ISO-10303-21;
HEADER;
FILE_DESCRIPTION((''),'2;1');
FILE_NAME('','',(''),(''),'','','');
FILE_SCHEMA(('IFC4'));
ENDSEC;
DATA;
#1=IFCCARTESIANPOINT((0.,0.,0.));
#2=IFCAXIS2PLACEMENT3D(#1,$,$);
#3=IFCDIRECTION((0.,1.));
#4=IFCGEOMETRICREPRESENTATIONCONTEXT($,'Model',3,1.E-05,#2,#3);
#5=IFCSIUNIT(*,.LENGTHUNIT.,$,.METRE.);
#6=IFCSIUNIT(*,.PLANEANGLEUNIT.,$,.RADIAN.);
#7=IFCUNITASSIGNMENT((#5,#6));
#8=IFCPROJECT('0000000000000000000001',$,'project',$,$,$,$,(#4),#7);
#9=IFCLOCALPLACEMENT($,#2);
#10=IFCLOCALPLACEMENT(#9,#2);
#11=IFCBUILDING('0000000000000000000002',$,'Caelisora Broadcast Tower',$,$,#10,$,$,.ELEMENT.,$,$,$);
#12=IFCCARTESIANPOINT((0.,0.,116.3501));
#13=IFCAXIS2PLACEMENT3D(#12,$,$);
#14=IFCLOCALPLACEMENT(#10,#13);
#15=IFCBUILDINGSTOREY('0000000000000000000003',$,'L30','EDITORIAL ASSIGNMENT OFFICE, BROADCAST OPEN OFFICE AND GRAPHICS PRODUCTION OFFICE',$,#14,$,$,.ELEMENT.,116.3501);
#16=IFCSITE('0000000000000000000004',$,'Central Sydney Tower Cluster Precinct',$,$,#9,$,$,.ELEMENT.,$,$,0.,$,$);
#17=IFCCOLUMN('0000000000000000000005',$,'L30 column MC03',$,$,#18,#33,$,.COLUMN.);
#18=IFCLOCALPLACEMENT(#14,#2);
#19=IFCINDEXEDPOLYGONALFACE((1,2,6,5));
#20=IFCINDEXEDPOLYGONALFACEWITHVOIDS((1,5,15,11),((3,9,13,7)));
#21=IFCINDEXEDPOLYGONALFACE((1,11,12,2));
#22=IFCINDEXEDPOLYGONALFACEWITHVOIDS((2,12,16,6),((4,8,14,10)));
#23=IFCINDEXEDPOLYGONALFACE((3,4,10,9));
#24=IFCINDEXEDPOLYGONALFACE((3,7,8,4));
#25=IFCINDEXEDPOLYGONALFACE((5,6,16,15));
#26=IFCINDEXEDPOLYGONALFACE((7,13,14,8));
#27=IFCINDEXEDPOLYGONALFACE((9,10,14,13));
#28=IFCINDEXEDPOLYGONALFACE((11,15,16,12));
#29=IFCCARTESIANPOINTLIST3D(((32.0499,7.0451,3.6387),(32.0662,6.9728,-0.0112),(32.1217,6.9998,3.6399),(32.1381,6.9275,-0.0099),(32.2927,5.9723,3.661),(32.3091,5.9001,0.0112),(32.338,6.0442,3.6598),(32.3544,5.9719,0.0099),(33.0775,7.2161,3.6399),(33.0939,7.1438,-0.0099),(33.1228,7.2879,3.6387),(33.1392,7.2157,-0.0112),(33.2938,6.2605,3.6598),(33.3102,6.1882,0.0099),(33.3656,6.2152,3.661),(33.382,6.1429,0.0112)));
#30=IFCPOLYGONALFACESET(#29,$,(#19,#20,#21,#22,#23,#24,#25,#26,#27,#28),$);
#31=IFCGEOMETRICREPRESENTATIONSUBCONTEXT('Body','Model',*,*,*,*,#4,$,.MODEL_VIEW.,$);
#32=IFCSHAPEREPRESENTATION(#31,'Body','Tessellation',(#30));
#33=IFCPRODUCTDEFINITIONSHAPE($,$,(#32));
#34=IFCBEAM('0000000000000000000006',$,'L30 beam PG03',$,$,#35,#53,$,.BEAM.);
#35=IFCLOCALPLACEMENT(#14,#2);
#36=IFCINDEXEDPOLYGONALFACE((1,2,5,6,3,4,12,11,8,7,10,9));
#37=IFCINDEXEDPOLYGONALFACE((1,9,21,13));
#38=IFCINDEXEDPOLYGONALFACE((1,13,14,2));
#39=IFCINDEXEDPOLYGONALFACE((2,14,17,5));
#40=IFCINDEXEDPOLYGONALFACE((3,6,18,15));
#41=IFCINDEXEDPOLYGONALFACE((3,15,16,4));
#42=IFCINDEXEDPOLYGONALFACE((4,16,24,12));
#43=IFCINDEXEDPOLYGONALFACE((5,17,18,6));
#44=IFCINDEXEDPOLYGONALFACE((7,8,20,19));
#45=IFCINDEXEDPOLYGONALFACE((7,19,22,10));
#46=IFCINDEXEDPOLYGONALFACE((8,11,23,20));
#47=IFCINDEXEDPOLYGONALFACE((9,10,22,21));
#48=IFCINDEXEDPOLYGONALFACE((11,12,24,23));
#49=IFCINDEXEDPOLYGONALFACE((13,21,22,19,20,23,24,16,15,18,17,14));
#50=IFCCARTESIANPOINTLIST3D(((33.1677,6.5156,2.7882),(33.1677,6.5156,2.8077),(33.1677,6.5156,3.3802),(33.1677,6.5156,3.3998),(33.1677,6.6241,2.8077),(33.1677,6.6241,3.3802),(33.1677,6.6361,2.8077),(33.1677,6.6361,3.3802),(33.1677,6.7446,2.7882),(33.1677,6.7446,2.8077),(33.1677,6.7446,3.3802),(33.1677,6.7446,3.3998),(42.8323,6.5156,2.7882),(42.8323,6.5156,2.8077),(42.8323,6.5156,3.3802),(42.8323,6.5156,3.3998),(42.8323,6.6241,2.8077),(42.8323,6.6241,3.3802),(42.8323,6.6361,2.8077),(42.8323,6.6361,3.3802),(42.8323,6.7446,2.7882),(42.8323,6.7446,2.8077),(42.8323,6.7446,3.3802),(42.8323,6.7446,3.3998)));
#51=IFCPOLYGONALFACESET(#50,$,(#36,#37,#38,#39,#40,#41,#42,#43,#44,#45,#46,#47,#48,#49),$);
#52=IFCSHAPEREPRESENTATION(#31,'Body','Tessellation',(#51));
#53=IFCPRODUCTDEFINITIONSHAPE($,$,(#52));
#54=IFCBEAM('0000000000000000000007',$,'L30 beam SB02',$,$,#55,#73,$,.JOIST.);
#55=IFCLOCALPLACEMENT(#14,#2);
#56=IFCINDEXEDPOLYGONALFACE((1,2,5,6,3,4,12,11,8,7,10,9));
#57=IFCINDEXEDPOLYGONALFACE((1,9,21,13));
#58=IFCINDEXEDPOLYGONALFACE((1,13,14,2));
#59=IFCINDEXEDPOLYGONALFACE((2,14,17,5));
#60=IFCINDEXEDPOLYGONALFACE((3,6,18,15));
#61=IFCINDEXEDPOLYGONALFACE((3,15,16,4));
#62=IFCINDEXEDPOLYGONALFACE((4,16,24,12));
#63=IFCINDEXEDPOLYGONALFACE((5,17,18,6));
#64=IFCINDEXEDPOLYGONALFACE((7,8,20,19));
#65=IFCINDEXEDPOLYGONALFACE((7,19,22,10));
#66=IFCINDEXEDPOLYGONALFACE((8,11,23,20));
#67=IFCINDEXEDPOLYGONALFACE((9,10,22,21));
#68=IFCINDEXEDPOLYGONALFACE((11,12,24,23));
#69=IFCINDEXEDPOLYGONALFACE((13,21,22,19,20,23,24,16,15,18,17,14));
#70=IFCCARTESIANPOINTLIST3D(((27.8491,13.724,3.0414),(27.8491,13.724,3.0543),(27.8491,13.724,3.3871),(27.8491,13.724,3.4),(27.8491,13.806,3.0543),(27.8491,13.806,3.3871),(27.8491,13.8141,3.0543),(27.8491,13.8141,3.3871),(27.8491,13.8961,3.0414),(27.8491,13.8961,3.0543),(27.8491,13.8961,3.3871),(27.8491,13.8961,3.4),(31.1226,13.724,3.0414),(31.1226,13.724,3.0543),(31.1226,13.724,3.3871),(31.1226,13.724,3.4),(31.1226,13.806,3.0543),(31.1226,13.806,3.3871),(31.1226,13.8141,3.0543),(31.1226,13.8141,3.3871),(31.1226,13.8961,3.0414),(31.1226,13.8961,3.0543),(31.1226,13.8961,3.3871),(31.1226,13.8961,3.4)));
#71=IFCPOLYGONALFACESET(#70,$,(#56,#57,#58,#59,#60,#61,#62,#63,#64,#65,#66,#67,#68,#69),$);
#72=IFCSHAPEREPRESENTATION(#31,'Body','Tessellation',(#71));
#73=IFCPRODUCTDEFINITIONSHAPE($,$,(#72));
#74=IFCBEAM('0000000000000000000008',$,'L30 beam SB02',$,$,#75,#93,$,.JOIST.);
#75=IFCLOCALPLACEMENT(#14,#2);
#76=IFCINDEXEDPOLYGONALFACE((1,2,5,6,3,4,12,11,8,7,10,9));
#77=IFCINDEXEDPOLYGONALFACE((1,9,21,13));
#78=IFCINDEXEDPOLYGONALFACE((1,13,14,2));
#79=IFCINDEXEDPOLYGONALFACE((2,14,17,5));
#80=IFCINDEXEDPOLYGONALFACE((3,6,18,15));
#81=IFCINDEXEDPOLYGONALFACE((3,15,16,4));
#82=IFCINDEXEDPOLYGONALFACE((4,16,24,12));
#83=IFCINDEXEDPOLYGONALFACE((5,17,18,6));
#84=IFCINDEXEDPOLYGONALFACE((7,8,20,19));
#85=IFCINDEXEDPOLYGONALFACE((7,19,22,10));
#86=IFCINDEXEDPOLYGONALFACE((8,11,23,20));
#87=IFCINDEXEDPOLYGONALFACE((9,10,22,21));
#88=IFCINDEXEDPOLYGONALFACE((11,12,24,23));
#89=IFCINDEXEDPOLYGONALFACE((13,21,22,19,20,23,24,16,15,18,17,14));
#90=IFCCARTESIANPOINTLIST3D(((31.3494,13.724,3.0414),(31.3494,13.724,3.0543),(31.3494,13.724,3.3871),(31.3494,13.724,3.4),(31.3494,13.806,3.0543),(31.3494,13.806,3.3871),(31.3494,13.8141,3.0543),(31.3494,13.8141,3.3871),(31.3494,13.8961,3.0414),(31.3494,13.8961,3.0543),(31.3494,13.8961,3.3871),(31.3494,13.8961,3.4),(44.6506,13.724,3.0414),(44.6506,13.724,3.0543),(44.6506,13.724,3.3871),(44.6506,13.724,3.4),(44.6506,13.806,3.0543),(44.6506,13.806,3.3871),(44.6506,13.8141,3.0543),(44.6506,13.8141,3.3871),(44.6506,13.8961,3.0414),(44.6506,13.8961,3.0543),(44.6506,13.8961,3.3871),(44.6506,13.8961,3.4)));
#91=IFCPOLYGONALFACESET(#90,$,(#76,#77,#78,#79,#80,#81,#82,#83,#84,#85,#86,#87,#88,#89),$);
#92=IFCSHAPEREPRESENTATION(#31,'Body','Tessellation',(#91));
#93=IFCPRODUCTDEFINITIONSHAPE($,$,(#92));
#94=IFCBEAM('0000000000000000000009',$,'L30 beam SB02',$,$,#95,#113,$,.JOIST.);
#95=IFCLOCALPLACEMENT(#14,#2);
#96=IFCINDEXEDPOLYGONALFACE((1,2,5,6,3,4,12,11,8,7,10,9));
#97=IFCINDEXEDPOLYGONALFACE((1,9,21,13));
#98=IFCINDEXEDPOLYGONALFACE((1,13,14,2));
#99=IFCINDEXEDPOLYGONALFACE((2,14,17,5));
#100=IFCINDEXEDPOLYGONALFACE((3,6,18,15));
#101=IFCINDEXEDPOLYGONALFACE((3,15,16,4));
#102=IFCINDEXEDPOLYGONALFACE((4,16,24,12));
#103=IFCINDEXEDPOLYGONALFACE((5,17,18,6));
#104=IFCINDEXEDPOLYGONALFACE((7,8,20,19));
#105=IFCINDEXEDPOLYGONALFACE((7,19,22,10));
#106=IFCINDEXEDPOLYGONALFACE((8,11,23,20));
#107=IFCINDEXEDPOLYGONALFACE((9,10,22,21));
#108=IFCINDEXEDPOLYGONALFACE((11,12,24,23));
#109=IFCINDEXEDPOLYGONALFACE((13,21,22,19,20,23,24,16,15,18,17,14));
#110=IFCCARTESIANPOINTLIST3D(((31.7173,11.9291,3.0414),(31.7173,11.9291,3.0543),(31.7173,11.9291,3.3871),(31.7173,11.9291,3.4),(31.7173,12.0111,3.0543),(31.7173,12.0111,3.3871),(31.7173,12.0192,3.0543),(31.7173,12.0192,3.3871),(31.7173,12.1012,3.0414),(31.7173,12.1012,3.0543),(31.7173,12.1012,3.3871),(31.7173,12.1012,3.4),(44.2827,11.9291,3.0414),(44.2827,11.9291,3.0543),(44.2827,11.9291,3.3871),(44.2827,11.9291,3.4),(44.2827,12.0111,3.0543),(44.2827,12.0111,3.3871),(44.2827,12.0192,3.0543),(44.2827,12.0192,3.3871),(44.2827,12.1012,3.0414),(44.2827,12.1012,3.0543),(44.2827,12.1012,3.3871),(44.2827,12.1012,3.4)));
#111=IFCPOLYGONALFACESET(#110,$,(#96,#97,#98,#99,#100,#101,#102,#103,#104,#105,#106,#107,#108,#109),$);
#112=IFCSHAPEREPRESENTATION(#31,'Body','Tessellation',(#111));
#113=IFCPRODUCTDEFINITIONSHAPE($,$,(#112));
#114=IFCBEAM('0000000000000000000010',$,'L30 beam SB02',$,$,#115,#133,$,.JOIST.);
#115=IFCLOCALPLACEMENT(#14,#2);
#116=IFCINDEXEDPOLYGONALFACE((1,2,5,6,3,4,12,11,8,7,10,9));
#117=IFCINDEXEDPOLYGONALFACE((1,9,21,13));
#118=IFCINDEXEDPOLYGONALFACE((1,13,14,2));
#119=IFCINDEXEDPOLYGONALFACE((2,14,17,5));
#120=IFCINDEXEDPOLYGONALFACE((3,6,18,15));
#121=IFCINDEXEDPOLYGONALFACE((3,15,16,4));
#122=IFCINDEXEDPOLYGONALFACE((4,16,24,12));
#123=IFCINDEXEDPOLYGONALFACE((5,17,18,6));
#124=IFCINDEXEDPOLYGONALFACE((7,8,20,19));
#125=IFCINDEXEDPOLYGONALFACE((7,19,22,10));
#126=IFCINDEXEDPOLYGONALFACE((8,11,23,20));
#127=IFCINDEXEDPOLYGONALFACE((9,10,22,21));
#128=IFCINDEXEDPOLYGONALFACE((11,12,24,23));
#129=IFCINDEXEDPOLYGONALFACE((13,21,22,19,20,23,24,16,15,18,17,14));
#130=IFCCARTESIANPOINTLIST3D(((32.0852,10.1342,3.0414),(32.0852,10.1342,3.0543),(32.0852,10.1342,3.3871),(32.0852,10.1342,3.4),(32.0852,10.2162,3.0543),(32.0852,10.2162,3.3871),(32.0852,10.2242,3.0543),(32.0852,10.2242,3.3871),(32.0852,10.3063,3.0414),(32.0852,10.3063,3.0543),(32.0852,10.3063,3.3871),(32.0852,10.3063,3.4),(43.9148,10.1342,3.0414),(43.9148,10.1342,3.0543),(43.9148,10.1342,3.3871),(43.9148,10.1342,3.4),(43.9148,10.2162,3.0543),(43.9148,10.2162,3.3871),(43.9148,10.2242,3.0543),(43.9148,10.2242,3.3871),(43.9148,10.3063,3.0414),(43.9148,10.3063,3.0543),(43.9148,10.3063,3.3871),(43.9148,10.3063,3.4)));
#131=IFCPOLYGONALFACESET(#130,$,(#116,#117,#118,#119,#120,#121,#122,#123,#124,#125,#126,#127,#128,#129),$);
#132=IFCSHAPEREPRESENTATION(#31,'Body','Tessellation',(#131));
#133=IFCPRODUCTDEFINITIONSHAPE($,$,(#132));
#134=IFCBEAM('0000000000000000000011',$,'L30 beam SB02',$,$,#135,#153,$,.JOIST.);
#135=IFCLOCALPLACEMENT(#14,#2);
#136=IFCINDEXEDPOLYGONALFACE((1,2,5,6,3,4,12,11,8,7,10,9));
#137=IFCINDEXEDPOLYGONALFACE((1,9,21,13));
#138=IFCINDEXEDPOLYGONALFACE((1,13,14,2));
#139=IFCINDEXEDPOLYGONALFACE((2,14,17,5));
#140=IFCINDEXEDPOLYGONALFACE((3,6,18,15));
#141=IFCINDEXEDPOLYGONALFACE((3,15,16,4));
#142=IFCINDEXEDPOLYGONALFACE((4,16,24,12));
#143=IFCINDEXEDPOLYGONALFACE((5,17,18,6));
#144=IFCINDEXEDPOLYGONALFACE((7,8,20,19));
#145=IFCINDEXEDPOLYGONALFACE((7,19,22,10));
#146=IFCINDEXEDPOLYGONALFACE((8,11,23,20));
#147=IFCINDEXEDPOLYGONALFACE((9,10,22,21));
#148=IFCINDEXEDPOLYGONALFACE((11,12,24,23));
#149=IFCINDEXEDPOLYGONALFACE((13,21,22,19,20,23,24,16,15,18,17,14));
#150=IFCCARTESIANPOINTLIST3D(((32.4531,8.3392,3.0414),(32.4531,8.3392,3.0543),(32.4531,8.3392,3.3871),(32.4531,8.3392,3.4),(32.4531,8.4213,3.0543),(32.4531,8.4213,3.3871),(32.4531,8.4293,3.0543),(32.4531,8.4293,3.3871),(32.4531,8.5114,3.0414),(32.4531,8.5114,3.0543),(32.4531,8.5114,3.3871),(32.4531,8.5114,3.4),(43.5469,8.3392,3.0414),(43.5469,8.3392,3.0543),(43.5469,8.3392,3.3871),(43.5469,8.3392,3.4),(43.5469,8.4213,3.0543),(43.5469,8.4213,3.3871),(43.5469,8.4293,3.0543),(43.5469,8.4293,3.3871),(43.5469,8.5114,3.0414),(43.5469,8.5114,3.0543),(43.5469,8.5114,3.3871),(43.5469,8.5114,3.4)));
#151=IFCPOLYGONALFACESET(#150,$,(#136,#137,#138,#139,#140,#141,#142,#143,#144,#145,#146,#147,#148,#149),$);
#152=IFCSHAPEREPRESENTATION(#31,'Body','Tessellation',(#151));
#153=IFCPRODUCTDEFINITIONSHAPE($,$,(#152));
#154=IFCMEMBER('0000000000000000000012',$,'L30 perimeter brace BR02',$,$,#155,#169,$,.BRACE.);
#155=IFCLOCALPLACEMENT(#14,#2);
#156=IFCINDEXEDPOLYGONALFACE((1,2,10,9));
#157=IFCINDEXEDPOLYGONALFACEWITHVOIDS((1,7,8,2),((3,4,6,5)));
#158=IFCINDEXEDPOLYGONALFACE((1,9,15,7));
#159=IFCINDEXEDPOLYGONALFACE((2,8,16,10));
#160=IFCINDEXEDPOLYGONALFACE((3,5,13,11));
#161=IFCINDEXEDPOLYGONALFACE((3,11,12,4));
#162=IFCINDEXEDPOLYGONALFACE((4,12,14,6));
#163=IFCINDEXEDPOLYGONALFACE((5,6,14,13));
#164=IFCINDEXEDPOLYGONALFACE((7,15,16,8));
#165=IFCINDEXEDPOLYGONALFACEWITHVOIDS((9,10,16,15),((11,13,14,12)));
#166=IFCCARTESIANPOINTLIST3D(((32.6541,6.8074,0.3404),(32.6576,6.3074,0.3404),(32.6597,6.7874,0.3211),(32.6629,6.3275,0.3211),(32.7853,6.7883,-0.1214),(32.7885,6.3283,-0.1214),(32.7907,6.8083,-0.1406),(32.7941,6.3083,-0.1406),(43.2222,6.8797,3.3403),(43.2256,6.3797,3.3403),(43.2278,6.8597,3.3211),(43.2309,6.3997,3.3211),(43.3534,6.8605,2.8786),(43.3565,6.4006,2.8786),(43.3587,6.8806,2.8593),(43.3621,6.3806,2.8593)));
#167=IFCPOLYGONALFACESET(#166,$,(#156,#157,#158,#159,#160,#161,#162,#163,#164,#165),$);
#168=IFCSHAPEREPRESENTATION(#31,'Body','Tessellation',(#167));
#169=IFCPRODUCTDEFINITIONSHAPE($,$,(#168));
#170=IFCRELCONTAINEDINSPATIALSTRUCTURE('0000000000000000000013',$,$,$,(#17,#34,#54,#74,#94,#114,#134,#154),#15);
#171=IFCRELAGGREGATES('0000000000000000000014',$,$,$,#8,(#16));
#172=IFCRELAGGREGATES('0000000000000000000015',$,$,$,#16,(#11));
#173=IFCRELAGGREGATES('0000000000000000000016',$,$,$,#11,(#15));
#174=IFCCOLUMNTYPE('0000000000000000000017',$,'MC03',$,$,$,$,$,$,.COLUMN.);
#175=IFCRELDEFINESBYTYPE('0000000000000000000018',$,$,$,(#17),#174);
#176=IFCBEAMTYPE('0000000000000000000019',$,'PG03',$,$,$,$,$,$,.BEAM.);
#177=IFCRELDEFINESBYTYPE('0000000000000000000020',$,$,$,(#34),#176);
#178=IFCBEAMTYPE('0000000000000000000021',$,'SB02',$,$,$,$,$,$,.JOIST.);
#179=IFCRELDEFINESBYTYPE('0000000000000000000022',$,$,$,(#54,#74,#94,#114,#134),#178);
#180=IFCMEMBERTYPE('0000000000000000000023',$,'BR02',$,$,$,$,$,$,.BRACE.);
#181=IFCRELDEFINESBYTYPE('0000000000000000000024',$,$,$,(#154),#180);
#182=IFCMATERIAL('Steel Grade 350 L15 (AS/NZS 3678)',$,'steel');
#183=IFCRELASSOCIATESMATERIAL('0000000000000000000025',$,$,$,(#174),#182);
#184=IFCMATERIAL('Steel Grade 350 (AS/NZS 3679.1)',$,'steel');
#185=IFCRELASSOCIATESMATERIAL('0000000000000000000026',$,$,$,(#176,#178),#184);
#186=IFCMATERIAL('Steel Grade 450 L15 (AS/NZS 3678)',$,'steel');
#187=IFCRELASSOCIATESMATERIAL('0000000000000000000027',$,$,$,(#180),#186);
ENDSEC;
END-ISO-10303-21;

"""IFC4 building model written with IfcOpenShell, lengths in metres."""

from ifc_helpers import new_model, si_unit, direction, frame, origin, origin_2d, place, context, subcontext, project, spatial, hollow_rectangle, i_section, extrude, source, transform, mapped, material, material_profile, profile_set, type_object, type_shapes, element, save


model = new_model("IFC4")

# Units and contexts
model_context = context("Model", 3, precision=1e-05, world=origin(), true_north=direction((0.0, 1.0)))
body_context = subcontext(model_context, "Body", "Model", "MODEL_VIEW")
ifc_project = project(units=[si_unit("LENGTHUNIT", "METRE"), si_unit("PLANEANGLEUNIT", "RADIAN")], contexts=[model_context])

# Site, building, storey
site_placement = place(None, origin())
site = spatial("IfcSite", under=ifc_project, at=site_placement, Name="Central Sydney Tower Cluster Precinct", CompositionType="ELEMENT", RefElevation=0.0)
building_placement = place(site_placement, origin())
building = spatial("IfcBuilding", under=site, at=building_placement, Name="Caelisora Broadcast Tower", CompositionType="ELEMENT")
storey_placement = place(building_placement, frame((0.0, 0.0, 116.3501)))
storey = spatial("IfcBuildingStorey", under=building, at=storey_placement, Name="L30", Description="EDITORIAL ASSIGNMENT OFFICE, BROADCAST OPEN OFFICE AND GRAPHICS PRODUCTION OFFICE", CompositionType="ELEMENT", Elevation=116.3501)

# Column
ifc_material_1 = material(Name="Steel Grade 350 L15 (AS/NZS 3678)", Category="steel")
ifc_material_profile_1 = material_profile(ifc_material_1, hollow_rectangle(XDim=1.1001, YDim=1.1001, WallThickness=0.0601, at=origin_2d()), Name="Steel Grade 350 L15 (AS/NZS 3678)")
ifc_profile_set_1 = profile_set([ifc_material_profile_1], Name="Steel Grade 350 L15 (AS/NZS 3678)")
column_type = type_object("IfcColumnType", Name="MC03", PredefinedType="COLUMN", material=ifc_profile_set_1)
shared_shape_1 = source(origin(), body_context, "Body", "SweptSolid", [
    extrude(hollow_rectangle(XDim=1.1001, YDim=1.1001, WallThickness=0.0601, at=origin_2d()), origin(), (0.0, 0.0, 1.0), 3.6506),
])
type_shapes(column_type, [shared_shape_1])
column_placement = place(storey_placement, frame((32.7241, 6.5579, 0.0), z_axis=(-0.004481, 0.019795, 0.999794), x_axis=(-0.975327, -0.220767, 0.0)))
element("IfcColumn", 1, at=column_placement, inside=storey, type_object=column_type, Name="L30 column MC03", PredefinedType="COLUMN", context=body_context, shape_type="MappedRepresentation", body=[
    mapped(shared_shape_1, transform((0.0, 0.0, 0.0), scale=1.0)),
])

# Beams
ifc_material_2 = material(Name="Steel Grade 350 (AS/NZS 3679.1)", Category="steel")
ifc_material_profile_2 = material_profile(ifc_material_2, i_section(OverallWidth=0.229, OverallDepth=0.6116, WebThickness=0.012, FlangeThickness=0.0195, at=origin_2d()), Name="Steel Grade 350 (AS/NZS 3679.1)")
ifc_profile_set_2 = profile_set([ifc_material_profile_2], Name="Steel Grade 350 (AS/NZS 3679.1)")
beam_type_1 = type_object("IfcBeamType", Name="PG03", PredefinedType="BEAM", material=ifc_profile_set_2)
shared_shape_2 = source(origin(), body_context, "Body", "SweptSolid", [
    extrude(i_section(OverallWidth=0.229, OverallDepth=0.6116, WebThickness=0.012, FlangeThickness=0.0195, at=origin_2d()), origin(), (0.0, 0.0, 1.0), 9.6646),
])
type_shapes(beam_type_1, [shared_shape_2])
beam_1_placement = place(storey_placement, frame((33.1677, 6.6301, 3.094), z_axis=(1.0, 0.0, 0.0), x_axis=(0.0, 1.0, 0.0)))
element("IfcBeam", 2, at=beam_1_placement, inside=storey, type_object=beam_type_1, Name="L30 beam PG03", PredefinedType="BEAM", context=body_context, shape_type="MappedRepresentation", body=[
    mapped(shared_shape_2, transform((0.0, 0.0, 0.0), scale=1.0)),
])
ifc_material_profile_3 = material_profile(ifc_material_2, i_section(OverallWidth=0.1721, OverallDepth=0.3586, WebThickness=0.0081, FlangeThickness=0.0129, at=origin_2d()), Name="Steel Grade 350 (AS/NZS 3679.1)")
ifc_profile_set_3 = profile_set([ifc_material_profile_3], Name="Steel Grade 350 (AS/NZS 3679.1)")
beam_type_2 = type_object("IfcBeamType", Name="SB02", PredefinedType="JOIST", material=ifc_profile_set_3)
shared_shape_3 = source(origin(), body_context, "Body", "SweptSolid", [
    extrude(i_section(OverallWidth=0.1721, OverallDepth=0.3586, WebThickness=0.0081, FlangeThickness=0.0129, at=origin_2d()), origin(), (0.0, 0.0, 1.0), 3.2734),
])
beam_2_placement = place(storey_placement, frame((27.8491, 13.8101, 3.2207), z_axis=(1.0, 0.0, 0.0), x_axis=(0.0, 1.0, 0.0)))
element("IfcBeam", 3, at=beam_2_placement, inside=storey, type_object=beam_type_2, Name="L30 beam SB02", PredefinedType="JOIST", context=body_context, shape_type="MappedRepresentation", body=[
    mapped(shared_shape_3, transform((0.0, 0.0, 0.0), scale=1.0)),
])
shared_shape_4 = source(origin(), body_context, "Body", "SweptSolid", [
    extrude(i_section(OverallWidth=0.1721, OverallDepth=0.3586, WebThickness=0.0081, FlangeThickness=0.0129, at=origin_2d()), origin(), (0.0, 0.0, 1.0), 13.3013),
])
beam_3_placement = place(storey_placement, frame((31.3494, 13.8101, 3.2207), z_axis=(1.0, 0.0, 0.0), x_axis=(0.0, 1.0, 0.0)))
element("IfcBeam", 4, at=beam_3_placement, inside=storey, type_object=beam_type_2, Name="L30 beam SB02", PredefinedType="JOIST", context=body_context, shape_type="MappedRepresentation", body=[
    mapped(shared_shape_4, transform((0.0, 0.0, 0.0), scale=1.0)),
])
shared_shape_5 = source(origin(), body_context, "Body", "SweptSolid", [
    extrude(i_section(OverallWidth=0.1721, OverallDepth=0.3586, WebThickness=0.0081, FlangeThickness=0.0129, at=origin_2d()), origin(), (0.0, 0.0, 1.0), 12.5654),
])
beam_4_placement = place(storey_placement, frame((31.7173, 12.0151, 3.2207), z_axis=(1.0, 0.0, 0.0), x_axis=(0.0, 1.0, 0.0)))
element("IfcBeam", 5, at=beam_4_placement, inside=storey, type_object=beam_type_2, Name="L30 beam SB02", PredefinedType="JOIST", context=body_context, shape_type="MappedRepresentation", body=[
    mapped(shared_shape_5, transform((0.0, 0.0, 0.0), scale=1.0)),
])
shared_shape_6 = source(origin(), body_context, "Body", "SweptSolid", [
    extrude(i_section(OverallWidth=0.1721, OverallDepth=0.3586, WebThickness=0.0081, FlangeThickness=0.0129, at=origin_2d()), origin(), (0.0, 0.0, 1.0), 11.8296),
])
beam_5_placement = place(storey_placement, frame((32.0852, 10.2202, 3.2207), z_axis=(1.0, 0.0, 0.0), x_axis=(0.0, 1.0, 0.0)))
element("IfcBeam", 6, at=beam_5_placement, inside=storey, type_object=beam_type_2, Name="L30 beam SB02", PredefinedType="JOIST", context=body_context, shape_type="MappedRepresentation", body=[
    mapped(shared_shape_6, transform((0.0, 0.0, 0.0), scale=1.0)),
])
shared_shape_7 = source(origin(), body_context, "Body", "SweptSolid", [
    extrude(i_section(OverallWidth=0.1721, OverallDepth=0.3586, WebThickness=0.0081, FlangeThickness=0.0129, at=origin_2d()), origin(), (0.0, 0.0, 1.0), 11.0938),
])
type_shapes(beam_type_2, [shared_shape_3, shared_shape_4, shared_shape_5, shared_shape_6, shared_shape_7])
beam_6_placement = place(storey_placement, frame((32.4531, 8.4253, 3.2207), z_axis=(1.0, 0.0, 0.0), x_axis=(0.0, 1.0, 0.0)))
element("IfcBeam", 7, at=beam_6_placement, inside=storey, type_object=beam_type_2, Name="L30 beam SB02", PredefinedType="JOIST", context=body_context, shape_type="MappedRepresentation", body=[
    mapped(shared_shape_7, transform((0.0, 0.0, 0.0), scale=1.0)),
])

# Member
ifc_material_3 = material(Name="Steel Grade 450 L15 (AS/NZS 3678)", Category="steel")
ifc_material_profile_4 = material_profile(ifc_material_3, hollow_rectangle(XDim=0.5, YDim=0.5, WallThickness=0.02, at=origin_2d()), Name="Steel Grade 450 L15 (AS/NZS 3678)")
ifc_profile_set_4 = profile_set([ifc_material_profile_4], Name="Steel Grade 450 L15 (AS/NZS 3678)")
member_type_1 = type_object("IfcMemberType", Name="BR02", PredefinedType="BRACE", material=ifc_profile_set_4)
shared_shape_8 = source(origin(), body_context, "Body", "SweptSolid", [
    extrude(hollow_rectangle(XDim=0.5, YDim=0.5, WallThickness=0.02, at=origin_2d()), origin(), (0.0, 0.0, 1.0), 10.9858),
])
type_shapes(member_type_1, [shared_shape_8])
member_1_placement = place(storey_placement, frame((32.7241, 6.5579, 0.0999), z_axis=(0.96197, 0.006578, 0.273077), x_axis=(-0.006838, 0.999977, 0.0)))
element("IfcMember", 8, at=member_1_placement, inside=storey, type_object=member_type_1, Name="L30 perimeter brace BR02", PredefinedType="BRACE", context=body_context, shape_type="MappedRepresentation", body=[
    mapped(shared_shape_8, transform((0.0, 0.0, 0.0), scale=1.0)),
])

save(model, "model.ifc")
